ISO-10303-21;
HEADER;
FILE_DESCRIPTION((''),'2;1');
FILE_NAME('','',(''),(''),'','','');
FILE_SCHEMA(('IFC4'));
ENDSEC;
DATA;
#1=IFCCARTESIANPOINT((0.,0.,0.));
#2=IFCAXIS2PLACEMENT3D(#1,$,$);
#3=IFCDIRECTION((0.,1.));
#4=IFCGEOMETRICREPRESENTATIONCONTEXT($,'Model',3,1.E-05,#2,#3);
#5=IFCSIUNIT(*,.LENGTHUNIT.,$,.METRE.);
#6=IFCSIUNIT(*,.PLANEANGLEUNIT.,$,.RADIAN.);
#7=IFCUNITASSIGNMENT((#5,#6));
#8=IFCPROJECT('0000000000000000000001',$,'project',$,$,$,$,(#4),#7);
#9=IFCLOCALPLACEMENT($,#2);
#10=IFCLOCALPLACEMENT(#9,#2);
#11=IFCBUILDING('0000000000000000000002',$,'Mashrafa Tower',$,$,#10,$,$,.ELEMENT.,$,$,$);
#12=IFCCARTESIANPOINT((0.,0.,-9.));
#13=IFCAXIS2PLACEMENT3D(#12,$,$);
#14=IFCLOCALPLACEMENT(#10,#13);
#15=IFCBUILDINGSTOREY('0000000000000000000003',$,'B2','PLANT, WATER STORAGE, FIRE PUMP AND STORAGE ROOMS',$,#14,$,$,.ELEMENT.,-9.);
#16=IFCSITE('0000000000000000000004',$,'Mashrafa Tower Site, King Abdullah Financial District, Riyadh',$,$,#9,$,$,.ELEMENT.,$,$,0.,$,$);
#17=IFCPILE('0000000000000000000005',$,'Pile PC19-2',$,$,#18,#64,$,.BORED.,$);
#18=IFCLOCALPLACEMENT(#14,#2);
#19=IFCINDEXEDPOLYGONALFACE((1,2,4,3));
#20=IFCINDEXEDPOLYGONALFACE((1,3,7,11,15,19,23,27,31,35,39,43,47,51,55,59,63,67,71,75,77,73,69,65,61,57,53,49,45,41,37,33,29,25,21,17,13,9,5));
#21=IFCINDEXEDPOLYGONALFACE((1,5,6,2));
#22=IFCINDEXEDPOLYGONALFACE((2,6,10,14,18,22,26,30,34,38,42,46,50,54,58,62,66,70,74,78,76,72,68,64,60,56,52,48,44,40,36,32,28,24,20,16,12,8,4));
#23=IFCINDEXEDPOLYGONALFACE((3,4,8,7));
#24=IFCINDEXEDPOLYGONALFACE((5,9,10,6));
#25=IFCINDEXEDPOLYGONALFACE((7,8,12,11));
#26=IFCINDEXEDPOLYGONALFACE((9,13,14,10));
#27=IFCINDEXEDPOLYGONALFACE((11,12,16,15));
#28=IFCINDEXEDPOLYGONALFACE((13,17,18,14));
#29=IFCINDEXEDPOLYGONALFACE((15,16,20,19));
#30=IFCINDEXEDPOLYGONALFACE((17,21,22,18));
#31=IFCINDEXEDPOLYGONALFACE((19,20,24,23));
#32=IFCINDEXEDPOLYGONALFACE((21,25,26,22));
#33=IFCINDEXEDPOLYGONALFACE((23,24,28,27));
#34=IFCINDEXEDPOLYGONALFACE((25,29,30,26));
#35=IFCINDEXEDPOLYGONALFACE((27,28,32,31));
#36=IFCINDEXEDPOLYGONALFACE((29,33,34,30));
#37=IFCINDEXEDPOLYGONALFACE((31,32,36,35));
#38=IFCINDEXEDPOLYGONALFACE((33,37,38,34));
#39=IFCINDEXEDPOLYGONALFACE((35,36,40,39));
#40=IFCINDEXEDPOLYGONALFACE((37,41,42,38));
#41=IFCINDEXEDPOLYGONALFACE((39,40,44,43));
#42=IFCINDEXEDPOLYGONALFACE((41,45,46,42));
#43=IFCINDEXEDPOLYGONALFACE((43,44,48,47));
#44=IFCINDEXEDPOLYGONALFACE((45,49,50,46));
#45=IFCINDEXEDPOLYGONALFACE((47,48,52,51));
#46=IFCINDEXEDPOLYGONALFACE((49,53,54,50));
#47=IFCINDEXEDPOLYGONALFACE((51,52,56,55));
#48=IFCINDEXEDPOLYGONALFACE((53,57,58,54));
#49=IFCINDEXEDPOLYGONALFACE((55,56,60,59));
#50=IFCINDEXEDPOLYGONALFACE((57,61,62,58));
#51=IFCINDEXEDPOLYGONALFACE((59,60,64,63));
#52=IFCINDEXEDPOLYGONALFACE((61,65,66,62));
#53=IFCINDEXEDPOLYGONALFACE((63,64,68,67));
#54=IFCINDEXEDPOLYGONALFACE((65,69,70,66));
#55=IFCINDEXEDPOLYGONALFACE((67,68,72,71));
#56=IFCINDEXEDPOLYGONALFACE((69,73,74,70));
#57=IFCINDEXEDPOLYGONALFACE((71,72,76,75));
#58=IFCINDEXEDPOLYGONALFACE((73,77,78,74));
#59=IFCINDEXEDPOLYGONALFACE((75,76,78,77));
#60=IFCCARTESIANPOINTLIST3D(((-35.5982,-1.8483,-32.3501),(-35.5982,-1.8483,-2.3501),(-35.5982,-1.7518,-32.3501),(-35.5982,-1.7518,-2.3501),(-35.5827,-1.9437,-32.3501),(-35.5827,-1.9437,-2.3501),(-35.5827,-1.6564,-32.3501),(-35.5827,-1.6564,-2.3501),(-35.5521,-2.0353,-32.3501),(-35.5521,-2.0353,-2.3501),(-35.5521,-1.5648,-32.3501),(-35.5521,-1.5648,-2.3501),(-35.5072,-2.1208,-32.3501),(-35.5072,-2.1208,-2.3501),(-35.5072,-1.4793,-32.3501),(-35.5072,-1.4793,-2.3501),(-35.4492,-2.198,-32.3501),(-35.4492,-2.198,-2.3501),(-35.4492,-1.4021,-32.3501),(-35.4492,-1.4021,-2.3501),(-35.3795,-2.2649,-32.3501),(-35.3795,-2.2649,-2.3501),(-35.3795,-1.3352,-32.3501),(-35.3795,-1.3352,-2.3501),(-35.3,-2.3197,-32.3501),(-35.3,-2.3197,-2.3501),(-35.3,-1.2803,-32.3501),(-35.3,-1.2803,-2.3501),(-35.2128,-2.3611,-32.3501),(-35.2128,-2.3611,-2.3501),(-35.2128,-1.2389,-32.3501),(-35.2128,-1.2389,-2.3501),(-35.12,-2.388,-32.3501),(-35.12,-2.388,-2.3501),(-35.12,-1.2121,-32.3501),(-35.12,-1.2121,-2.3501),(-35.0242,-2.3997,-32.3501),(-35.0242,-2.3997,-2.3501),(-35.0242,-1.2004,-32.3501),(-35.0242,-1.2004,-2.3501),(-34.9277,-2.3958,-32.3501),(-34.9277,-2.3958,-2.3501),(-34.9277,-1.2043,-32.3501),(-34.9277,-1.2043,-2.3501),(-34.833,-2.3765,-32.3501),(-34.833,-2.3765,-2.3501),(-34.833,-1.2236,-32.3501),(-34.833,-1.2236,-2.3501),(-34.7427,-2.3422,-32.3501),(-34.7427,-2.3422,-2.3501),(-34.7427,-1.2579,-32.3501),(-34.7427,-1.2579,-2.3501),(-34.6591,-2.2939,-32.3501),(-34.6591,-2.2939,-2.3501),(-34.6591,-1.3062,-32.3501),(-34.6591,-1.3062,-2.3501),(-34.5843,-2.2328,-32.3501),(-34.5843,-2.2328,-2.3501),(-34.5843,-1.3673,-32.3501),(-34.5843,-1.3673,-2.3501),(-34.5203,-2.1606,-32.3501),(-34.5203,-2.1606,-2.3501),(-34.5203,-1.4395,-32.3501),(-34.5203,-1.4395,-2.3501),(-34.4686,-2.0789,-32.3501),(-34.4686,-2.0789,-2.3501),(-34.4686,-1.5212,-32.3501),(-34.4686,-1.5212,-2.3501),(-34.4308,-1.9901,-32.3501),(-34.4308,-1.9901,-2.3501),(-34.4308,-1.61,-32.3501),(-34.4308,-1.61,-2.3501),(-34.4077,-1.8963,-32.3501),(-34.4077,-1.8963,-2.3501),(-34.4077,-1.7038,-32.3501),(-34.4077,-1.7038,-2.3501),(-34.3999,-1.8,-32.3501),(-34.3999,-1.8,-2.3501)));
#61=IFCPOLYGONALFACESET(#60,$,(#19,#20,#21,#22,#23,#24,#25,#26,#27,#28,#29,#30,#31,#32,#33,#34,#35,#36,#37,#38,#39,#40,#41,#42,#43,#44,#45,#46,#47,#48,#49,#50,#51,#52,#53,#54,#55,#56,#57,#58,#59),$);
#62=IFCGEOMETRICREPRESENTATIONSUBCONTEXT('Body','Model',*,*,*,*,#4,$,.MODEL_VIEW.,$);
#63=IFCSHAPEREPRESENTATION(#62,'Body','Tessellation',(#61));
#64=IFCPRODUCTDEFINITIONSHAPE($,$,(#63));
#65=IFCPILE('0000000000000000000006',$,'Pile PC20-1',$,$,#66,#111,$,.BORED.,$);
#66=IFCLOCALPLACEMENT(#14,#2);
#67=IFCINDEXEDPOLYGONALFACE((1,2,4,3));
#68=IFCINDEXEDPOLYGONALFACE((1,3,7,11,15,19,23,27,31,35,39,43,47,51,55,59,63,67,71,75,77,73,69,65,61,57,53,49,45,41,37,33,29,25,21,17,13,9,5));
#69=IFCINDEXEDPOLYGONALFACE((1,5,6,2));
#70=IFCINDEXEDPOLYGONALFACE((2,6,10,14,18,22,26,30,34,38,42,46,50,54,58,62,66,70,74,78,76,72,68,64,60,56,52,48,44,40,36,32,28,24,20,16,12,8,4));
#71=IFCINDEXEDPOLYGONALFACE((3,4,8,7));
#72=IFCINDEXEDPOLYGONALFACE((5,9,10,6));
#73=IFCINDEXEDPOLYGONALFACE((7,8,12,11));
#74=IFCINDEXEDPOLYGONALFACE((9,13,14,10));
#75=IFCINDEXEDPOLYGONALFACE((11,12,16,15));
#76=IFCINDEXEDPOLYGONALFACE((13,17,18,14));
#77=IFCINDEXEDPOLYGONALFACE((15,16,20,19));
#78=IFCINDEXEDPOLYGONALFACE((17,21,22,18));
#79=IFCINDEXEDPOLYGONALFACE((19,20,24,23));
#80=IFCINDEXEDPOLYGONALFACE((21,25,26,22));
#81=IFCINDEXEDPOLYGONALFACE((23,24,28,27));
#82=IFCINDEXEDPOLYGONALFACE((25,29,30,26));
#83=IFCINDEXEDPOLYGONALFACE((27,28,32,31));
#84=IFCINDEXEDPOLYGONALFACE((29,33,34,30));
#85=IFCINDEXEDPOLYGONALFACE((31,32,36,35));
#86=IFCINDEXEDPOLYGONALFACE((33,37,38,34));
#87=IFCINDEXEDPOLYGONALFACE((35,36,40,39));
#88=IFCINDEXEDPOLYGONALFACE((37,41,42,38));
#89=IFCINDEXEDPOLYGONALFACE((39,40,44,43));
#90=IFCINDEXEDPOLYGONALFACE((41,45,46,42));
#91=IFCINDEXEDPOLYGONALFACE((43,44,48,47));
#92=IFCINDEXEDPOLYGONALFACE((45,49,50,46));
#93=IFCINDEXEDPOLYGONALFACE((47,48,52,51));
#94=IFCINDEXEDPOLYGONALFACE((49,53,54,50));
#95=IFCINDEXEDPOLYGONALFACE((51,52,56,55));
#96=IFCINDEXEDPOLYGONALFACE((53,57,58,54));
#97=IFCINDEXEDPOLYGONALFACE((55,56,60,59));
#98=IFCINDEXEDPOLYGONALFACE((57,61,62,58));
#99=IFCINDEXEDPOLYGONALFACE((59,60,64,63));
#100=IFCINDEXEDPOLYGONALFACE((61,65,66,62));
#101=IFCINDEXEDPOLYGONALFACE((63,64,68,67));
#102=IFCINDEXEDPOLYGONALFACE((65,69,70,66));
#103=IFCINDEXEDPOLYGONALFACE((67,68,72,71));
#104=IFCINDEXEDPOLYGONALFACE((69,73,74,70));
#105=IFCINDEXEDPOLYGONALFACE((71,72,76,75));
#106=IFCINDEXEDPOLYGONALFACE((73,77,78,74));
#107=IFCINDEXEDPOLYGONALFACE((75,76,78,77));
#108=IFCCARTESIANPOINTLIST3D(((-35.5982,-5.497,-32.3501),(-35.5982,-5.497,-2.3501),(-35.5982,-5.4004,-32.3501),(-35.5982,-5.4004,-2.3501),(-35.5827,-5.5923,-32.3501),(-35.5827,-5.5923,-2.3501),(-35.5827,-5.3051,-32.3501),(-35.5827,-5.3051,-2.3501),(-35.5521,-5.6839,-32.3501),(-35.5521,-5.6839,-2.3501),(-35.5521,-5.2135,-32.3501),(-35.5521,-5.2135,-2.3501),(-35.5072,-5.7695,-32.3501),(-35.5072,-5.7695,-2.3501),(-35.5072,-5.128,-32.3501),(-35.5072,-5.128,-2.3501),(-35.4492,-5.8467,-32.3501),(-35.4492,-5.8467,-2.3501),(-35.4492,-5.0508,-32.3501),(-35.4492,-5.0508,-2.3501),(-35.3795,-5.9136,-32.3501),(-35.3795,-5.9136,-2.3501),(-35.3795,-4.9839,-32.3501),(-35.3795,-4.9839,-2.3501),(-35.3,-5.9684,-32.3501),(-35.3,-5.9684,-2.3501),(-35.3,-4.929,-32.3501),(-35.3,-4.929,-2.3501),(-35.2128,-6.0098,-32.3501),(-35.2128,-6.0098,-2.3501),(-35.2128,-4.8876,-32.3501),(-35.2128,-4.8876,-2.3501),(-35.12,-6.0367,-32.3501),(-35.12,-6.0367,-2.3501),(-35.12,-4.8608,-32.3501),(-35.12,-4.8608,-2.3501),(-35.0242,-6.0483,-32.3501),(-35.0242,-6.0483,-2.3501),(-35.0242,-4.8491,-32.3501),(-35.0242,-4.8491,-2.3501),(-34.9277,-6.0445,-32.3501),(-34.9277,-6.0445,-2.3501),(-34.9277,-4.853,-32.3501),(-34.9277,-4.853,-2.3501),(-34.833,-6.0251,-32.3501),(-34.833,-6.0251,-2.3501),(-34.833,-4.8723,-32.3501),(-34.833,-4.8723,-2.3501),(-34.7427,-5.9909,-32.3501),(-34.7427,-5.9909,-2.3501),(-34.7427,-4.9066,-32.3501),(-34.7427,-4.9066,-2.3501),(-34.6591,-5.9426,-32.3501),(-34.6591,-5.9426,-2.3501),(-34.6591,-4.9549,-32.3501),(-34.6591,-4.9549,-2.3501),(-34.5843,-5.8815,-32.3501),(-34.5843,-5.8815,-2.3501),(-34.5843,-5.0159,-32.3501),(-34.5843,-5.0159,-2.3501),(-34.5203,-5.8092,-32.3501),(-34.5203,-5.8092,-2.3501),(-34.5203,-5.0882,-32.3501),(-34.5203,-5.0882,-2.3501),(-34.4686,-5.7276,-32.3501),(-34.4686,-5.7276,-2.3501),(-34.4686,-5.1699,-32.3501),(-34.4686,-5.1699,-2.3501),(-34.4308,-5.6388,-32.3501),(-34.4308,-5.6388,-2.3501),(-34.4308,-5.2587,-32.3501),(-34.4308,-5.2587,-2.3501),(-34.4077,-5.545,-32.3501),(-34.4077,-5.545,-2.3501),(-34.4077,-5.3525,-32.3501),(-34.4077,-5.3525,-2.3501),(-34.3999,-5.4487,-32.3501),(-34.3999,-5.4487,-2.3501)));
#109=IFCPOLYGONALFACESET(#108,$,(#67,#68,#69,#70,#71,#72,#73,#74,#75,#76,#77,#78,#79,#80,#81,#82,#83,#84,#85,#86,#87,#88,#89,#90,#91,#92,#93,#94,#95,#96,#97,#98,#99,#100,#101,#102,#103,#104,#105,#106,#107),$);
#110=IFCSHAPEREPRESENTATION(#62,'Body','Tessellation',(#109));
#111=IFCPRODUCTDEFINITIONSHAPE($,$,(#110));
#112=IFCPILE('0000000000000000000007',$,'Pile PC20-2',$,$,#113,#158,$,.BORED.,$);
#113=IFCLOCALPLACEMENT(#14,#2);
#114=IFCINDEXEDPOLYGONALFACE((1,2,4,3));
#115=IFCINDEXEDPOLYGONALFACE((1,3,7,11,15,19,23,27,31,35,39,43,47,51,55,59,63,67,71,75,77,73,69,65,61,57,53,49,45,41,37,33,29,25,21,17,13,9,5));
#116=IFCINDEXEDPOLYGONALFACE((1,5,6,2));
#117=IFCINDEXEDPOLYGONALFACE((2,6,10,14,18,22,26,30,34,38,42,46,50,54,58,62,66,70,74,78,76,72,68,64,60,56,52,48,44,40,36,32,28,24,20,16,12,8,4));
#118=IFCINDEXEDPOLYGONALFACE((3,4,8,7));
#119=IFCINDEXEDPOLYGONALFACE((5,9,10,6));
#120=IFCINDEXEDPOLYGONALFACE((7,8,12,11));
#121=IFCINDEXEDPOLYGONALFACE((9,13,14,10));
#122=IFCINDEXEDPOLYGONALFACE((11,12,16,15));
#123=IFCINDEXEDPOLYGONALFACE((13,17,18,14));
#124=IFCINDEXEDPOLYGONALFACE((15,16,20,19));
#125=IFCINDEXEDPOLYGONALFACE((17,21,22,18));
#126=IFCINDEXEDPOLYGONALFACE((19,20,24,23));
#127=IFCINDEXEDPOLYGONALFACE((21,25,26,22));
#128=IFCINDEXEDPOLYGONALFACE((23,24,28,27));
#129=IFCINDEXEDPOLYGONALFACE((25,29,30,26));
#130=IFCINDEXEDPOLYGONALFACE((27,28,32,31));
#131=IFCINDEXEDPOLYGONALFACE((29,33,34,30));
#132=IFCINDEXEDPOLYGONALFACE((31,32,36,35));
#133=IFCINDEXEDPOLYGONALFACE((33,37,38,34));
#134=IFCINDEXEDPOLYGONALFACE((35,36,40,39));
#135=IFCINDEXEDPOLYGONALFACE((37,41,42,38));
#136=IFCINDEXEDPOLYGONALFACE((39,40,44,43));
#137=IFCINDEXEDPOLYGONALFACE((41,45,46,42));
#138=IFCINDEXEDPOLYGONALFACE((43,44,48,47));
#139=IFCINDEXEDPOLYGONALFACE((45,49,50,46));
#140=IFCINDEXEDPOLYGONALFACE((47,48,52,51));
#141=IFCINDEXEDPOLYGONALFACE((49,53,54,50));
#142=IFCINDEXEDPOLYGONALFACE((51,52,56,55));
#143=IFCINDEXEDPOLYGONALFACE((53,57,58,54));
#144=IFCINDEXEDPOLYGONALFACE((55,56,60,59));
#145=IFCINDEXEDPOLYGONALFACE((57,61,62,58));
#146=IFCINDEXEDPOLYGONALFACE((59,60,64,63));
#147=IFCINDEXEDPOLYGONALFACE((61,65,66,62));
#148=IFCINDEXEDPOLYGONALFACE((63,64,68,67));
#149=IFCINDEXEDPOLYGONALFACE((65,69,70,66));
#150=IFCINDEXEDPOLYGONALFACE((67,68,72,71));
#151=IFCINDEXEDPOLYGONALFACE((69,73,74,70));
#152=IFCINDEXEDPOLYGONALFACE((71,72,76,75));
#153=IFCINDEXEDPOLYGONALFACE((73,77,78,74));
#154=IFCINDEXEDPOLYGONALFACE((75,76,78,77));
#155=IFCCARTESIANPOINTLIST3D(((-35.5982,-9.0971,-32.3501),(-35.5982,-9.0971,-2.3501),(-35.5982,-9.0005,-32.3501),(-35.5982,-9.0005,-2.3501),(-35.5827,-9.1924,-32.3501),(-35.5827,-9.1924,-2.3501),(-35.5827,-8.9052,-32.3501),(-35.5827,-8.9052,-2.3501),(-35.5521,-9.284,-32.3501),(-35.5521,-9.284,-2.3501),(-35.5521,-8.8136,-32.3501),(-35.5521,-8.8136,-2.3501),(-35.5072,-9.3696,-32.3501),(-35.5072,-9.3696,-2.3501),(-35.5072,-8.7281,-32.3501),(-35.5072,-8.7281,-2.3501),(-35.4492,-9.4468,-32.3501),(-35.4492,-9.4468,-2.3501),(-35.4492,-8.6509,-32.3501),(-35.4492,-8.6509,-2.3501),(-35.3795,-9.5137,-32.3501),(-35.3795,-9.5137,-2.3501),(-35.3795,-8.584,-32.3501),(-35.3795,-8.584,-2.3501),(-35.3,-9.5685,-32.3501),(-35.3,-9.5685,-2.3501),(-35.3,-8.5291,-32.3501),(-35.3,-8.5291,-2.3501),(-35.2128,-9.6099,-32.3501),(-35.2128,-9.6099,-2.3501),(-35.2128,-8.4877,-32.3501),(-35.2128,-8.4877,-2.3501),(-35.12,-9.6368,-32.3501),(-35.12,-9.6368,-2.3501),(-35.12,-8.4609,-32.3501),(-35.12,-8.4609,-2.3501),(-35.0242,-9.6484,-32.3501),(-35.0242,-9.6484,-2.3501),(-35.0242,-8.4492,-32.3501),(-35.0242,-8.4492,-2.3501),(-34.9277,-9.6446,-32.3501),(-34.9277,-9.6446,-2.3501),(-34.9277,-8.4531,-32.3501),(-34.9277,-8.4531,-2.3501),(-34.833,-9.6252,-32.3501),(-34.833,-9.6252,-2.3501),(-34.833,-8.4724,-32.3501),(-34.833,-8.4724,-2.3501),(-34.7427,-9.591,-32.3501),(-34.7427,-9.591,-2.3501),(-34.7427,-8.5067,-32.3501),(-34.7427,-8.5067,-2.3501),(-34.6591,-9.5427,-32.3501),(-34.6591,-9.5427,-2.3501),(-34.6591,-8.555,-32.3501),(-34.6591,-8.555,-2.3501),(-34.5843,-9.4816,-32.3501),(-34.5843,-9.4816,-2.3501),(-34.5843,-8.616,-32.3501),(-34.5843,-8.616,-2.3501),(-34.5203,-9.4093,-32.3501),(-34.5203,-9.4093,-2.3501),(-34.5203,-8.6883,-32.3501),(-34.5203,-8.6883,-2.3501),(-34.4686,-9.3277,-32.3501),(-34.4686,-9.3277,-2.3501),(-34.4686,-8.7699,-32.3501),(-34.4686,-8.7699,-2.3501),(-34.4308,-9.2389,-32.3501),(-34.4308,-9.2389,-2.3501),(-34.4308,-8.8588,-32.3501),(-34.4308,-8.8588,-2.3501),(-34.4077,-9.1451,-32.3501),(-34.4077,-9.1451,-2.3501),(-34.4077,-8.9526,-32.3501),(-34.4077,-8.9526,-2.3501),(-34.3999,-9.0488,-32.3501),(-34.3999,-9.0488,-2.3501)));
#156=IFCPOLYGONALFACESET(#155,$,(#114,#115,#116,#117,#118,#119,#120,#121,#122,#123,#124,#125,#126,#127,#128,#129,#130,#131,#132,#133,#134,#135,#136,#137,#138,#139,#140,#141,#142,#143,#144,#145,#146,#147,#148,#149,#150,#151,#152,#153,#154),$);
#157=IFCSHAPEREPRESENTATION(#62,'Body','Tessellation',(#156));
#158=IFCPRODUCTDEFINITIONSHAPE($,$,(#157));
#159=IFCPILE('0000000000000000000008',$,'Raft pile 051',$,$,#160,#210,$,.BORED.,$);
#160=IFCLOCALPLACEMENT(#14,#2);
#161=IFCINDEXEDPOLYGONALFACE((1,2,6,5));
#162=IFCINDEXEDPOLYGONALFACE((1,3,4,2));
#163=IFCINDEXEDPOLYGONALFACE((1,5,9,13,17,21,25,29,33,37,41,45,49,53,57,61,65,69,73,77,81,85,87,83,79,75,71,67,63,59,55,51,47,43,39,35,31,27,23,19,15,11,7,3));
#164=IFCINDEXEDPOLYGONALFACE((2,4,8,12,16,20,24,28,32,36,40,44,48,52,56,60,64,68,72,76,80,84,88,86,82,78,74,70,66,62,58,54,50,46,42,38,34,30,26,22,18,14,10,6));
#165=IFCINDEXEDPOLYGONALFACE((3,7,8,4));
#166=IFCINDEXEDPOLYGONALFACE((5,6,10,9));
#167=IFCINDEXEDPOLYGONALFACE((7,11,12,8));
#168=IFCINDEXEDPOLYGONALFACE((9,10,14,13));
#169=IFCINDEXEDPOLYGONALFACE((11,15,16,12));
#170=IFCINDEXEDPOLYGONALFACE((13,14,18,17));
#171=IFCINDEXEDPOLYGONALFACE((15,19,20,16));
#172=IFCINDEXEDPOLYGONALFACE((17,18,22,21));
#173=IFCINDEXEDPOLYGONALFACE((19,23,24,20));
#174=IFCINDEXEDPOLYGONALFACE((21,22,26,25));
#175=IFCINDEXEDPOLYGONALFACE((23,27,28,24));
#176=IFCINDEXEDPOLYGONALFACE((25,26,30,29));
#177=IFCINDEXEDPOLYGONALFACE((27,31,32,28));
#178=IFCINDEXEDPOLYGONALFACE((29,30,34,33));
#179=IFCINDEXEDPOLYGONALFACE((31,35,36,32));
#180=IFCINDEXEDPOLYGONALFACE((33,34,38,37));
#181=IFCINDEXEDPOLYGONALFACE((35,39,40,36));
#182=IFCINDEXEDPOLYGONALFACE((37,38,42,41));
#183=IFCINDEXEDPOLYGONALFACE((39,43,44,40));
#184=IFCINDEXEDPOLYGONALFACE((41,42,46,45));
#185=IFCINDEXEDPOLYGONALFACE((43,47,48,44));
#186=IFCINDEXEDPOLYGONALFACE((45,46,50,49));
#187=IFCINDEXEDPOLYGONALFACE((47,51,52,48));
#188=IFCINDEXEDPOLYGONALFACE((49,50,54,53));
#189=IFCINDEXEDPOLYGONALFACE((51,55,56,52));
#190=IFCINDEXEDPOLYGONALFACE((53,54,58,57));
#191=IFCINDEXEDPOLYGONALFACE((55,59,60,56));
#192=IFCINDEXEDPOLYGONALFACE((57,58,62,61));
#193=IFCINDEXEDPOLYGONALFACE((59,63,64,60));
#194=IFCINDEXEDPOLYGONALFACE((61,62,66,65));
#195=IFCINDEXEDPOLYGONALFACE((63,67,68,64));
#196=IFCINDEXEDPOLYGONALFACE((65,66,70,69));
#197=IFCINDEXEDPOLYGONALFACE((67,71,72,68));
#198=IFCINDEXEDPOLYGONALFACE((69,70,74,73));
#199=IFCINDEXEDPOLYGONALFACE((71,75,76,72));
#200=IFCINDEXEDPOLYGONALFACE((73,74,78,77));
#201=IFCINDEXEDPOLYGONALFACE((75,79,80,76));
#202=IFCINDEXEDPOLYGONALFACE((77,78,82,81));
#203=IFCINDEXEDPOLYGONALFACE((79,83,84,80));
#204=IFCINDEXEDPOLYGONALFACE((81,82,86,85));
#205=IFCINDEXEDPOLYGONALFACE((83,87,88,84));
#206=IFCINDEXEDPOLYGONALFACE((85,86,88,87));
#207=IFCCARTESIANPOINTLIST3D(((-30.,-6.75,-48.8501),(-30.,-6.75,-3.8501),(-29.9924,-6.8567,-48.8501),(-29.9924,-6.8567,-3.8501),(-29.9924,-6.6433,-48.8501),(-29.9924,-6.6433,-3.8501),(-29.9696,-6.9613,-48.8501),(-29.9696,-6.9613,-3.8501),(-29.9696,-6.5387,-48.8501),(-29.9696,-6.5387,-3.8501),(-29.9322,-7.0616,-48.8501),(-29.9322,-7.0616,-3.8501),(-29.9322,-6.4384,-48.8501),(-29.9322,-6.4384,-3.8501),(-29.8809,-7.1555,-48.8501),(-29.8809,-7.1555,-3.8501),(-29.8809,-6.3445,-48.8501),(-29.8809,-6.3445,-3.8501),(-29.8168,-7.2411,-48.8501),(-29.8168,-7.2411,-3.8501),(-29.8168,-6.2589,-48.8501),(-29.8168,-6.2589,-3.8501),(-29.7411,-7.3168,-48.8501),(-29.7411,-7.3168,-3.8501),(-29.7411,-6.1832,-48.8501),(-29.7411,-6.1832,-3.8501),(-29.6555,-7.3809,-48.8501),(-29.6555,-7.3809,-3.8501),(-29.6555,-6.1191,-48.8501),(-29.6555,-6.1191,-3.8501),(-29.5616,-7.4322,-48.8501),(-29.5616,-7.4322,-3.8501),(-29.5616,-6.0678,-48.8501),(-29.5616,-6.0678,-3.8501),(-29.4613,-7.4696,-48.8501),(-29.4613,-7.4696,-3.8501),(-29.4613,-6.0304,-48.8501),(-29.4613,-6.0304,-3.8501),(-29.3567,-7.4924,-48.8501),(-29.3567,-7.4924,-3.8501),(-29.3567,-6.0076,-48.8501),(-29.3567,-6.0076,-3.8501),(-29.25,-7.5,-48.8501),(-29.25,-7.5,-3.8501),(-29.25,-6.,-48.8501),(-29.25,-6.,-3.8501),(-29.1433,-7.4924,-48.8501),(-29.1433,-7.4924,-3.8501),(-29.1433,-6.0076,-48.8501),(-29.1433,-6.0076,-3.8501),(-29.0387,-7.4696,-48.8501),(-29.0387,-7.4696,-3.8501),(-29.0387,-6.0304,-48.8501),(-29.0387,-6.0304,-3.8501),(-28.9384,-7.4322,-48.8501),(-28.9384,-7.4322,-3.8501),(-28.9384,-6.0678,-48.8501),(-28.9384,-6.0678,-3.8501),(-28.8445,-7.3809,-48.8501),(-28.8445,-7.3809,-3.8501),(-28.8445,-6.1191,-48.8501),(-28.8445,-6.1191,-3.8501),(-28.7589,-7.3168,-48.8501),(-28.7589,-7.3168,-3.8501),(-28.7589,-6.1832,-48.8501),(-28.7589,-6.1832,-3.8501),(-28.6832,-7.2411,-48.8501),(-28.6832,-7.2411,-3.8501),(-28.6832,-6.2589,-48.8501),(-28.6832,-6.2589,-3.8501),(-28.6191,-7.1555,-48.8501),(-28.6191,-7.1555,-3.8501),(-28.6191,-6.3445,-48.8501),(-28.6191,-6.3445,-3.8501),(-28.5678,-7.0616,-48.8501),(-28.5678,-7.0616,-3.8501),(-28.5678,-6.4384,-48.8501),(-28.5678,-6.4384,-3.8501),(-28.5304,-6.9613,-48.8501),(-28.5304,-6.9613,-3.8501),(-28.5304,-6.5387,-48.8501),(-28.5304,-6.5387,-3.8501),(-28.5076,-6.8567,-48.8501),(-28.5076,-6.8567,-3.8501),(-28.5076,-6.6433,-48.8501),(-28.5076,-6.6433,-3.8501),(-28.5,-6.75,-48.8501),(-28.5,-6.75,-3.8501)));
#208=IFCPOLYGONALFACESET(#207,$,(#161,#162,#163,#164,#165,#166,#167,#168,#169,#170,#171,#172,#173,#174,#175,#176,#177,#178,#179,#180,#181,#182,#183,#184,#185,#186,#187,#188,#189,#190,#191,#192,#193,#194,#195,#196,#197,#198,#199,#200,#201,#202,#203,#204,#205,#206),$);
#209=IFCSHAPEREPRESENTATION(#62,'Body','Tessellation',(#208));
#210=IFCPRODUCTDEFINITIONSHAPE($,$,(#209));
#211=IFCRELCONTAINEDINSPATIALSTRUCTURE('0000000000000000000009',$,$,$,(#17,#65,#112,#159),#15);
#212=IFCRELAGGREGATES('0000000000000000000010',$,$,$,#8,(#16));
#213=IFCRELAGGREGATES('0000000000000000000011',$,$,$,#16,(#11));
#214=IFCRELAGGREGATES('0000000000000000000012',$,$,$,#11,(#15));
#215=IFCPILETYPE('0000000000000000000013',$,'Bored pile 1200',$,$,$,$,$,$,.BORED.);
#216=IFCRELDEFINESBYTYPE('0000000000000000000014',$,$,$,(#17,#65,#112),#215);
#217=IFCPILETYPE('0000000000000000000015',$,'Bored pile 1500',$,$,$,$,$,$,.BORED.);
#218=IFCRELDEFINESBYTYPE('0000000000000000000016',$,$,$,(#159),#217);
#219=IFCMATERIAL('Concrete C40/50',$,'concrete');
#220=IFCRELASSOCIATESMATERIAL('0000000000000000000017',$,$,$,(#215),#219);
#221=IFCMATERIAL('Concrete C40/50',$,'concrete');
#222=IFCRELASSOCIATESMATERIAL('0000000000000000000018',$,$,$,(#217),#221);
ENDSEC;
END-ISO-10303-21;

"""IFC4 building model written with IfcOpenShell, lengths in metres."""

from ifc_helpers import new_model, si_unit, direction, frame, origin, origin_2d, place, context, subcontext, project, spatial, circle, extrude, material, material_profile, profile_set, type_object, element, save


model = new_model("IFC4")

# Units and contexts
model_context = context("Model", 3, precision=1e-05, world=origin(), true_north=direction((0.0, 1.0)))
body_context = subcontext(model_context, "Body", "Model", "MODEL_VIEW")
ifc_project = project(units=[si_unit("LENGTHUNIT", "METRE"), si_unit("PLANEANGLEUNIT", "RADIAN")], contexts=[model_context])

# Site, building, storey
site_placement = place(None, origin())
site = spatial("IfcSite", under=ifc_project, at=site_placement, Name="Mashrafa Tower Site, King Abdullah Financial District, Riyadh", CompositionType="ELEMENT", RefElevation=0.0)
building_placement = place(site_placement, origin())
building = spatial("IfcBuilding", under=site, at=building_placement, Name="Mashrafa Tower", CompositionType="ELEMENT")
storey_placement = place(building_placement, frame((0.0, 0.0, -9.0)))
storey = spatial("IfcBuildingStorey", under=building, at=storey_placement, Name="B2", Description="PLANT, WATER STORAGE, FIRE PUMP AND STORAGE ROOMS", CompositionType="ELEMENT", Elevation=-9.0)

# Piles
ifc_material_1 = material(Name="Concrete C40/50", Category="concrete")
ifc_material_profile_1 = material_profile(ifc_material_1, circle(Radius=0.6001, at=origin_2d()), Name="1200 DIA")
ifc_profile_set_1 = profile_set([ifc_material_profile_1], Name="Concrete C40/50")
pile_type_1 = type_object("IfcPileType", Name="Bored pile 1200", PredefinedType="BORED", material=ifc_profile_set_1)
for number, where, z_axis, x_axis, name in (
    (1, (-35.0, -1.8, -2.3501), (0.0, 0.0, -1.0), (1.0, 0.0, 0.0), "Pile PC19-2"),
    (2, (-35.0, -5.4487, -2.3501), (0.0, 0.0, -1.0), (1.0, 0.0, 0.0), "Pile PC20-1"),
    (3, (-35.0, -9.0488, -2.3501), (0.0, 0.0, -1.0), (1.0, 0.0, 0.0), "Pile PC20-2"),
):
    element("IfcPile", number, at=place(storey_placement, frame(where, z_axis=z_axis, x_axis=x_axis)), inside=storey, type_object=pile_type_1, Name=name, PredefinedType="BORED", context=body_context, shape_type="SweptSolid", body=[
        extrude(circle(Radius=0.6001, at=origin_2d()), origin(), (0.0, 0.0, 1.0), 30.0),
    ])
ifc_material_2 = material(Name="Concrete C40/50", Category="concrete")
ifc_material_profile_2 = material_profile(ifc_material_2, circle(Radius=0.75, at=origin_2d()), Name="1500 DIA")
ifc_profile_set_2 = profile_set([ifc_material_profile_2], Name="Concrete C40/50")
pile_type_2 = type_object("IfcPileType", Name="Bored pile 1500", PredefinedType="BORED", material=ifc_profile_set_2)
for number, where, z_axis, x_axis, name in (
    (4, (-29.25, -6.75, -3.8501), (0.0, 0.0, -1.0), (1.0, 0.0, 0.0), "Raft pile 051"),
):
    element("IfcPile", number, at=place(storey_placement, frame(where, z_axis=z_axis, x_axis=x_axis)), inside=storey, type_object=pile_type_2, Name=name, PredefinedType="BORED", context=body_context, shape_type="SweptSolid", body=[
        extrude(circle(Radius=0.75, at=origin_2d()), origin(), (0.0, 0.0, 1.0), 45.0),
    ])

save(model, "model.ifc")
